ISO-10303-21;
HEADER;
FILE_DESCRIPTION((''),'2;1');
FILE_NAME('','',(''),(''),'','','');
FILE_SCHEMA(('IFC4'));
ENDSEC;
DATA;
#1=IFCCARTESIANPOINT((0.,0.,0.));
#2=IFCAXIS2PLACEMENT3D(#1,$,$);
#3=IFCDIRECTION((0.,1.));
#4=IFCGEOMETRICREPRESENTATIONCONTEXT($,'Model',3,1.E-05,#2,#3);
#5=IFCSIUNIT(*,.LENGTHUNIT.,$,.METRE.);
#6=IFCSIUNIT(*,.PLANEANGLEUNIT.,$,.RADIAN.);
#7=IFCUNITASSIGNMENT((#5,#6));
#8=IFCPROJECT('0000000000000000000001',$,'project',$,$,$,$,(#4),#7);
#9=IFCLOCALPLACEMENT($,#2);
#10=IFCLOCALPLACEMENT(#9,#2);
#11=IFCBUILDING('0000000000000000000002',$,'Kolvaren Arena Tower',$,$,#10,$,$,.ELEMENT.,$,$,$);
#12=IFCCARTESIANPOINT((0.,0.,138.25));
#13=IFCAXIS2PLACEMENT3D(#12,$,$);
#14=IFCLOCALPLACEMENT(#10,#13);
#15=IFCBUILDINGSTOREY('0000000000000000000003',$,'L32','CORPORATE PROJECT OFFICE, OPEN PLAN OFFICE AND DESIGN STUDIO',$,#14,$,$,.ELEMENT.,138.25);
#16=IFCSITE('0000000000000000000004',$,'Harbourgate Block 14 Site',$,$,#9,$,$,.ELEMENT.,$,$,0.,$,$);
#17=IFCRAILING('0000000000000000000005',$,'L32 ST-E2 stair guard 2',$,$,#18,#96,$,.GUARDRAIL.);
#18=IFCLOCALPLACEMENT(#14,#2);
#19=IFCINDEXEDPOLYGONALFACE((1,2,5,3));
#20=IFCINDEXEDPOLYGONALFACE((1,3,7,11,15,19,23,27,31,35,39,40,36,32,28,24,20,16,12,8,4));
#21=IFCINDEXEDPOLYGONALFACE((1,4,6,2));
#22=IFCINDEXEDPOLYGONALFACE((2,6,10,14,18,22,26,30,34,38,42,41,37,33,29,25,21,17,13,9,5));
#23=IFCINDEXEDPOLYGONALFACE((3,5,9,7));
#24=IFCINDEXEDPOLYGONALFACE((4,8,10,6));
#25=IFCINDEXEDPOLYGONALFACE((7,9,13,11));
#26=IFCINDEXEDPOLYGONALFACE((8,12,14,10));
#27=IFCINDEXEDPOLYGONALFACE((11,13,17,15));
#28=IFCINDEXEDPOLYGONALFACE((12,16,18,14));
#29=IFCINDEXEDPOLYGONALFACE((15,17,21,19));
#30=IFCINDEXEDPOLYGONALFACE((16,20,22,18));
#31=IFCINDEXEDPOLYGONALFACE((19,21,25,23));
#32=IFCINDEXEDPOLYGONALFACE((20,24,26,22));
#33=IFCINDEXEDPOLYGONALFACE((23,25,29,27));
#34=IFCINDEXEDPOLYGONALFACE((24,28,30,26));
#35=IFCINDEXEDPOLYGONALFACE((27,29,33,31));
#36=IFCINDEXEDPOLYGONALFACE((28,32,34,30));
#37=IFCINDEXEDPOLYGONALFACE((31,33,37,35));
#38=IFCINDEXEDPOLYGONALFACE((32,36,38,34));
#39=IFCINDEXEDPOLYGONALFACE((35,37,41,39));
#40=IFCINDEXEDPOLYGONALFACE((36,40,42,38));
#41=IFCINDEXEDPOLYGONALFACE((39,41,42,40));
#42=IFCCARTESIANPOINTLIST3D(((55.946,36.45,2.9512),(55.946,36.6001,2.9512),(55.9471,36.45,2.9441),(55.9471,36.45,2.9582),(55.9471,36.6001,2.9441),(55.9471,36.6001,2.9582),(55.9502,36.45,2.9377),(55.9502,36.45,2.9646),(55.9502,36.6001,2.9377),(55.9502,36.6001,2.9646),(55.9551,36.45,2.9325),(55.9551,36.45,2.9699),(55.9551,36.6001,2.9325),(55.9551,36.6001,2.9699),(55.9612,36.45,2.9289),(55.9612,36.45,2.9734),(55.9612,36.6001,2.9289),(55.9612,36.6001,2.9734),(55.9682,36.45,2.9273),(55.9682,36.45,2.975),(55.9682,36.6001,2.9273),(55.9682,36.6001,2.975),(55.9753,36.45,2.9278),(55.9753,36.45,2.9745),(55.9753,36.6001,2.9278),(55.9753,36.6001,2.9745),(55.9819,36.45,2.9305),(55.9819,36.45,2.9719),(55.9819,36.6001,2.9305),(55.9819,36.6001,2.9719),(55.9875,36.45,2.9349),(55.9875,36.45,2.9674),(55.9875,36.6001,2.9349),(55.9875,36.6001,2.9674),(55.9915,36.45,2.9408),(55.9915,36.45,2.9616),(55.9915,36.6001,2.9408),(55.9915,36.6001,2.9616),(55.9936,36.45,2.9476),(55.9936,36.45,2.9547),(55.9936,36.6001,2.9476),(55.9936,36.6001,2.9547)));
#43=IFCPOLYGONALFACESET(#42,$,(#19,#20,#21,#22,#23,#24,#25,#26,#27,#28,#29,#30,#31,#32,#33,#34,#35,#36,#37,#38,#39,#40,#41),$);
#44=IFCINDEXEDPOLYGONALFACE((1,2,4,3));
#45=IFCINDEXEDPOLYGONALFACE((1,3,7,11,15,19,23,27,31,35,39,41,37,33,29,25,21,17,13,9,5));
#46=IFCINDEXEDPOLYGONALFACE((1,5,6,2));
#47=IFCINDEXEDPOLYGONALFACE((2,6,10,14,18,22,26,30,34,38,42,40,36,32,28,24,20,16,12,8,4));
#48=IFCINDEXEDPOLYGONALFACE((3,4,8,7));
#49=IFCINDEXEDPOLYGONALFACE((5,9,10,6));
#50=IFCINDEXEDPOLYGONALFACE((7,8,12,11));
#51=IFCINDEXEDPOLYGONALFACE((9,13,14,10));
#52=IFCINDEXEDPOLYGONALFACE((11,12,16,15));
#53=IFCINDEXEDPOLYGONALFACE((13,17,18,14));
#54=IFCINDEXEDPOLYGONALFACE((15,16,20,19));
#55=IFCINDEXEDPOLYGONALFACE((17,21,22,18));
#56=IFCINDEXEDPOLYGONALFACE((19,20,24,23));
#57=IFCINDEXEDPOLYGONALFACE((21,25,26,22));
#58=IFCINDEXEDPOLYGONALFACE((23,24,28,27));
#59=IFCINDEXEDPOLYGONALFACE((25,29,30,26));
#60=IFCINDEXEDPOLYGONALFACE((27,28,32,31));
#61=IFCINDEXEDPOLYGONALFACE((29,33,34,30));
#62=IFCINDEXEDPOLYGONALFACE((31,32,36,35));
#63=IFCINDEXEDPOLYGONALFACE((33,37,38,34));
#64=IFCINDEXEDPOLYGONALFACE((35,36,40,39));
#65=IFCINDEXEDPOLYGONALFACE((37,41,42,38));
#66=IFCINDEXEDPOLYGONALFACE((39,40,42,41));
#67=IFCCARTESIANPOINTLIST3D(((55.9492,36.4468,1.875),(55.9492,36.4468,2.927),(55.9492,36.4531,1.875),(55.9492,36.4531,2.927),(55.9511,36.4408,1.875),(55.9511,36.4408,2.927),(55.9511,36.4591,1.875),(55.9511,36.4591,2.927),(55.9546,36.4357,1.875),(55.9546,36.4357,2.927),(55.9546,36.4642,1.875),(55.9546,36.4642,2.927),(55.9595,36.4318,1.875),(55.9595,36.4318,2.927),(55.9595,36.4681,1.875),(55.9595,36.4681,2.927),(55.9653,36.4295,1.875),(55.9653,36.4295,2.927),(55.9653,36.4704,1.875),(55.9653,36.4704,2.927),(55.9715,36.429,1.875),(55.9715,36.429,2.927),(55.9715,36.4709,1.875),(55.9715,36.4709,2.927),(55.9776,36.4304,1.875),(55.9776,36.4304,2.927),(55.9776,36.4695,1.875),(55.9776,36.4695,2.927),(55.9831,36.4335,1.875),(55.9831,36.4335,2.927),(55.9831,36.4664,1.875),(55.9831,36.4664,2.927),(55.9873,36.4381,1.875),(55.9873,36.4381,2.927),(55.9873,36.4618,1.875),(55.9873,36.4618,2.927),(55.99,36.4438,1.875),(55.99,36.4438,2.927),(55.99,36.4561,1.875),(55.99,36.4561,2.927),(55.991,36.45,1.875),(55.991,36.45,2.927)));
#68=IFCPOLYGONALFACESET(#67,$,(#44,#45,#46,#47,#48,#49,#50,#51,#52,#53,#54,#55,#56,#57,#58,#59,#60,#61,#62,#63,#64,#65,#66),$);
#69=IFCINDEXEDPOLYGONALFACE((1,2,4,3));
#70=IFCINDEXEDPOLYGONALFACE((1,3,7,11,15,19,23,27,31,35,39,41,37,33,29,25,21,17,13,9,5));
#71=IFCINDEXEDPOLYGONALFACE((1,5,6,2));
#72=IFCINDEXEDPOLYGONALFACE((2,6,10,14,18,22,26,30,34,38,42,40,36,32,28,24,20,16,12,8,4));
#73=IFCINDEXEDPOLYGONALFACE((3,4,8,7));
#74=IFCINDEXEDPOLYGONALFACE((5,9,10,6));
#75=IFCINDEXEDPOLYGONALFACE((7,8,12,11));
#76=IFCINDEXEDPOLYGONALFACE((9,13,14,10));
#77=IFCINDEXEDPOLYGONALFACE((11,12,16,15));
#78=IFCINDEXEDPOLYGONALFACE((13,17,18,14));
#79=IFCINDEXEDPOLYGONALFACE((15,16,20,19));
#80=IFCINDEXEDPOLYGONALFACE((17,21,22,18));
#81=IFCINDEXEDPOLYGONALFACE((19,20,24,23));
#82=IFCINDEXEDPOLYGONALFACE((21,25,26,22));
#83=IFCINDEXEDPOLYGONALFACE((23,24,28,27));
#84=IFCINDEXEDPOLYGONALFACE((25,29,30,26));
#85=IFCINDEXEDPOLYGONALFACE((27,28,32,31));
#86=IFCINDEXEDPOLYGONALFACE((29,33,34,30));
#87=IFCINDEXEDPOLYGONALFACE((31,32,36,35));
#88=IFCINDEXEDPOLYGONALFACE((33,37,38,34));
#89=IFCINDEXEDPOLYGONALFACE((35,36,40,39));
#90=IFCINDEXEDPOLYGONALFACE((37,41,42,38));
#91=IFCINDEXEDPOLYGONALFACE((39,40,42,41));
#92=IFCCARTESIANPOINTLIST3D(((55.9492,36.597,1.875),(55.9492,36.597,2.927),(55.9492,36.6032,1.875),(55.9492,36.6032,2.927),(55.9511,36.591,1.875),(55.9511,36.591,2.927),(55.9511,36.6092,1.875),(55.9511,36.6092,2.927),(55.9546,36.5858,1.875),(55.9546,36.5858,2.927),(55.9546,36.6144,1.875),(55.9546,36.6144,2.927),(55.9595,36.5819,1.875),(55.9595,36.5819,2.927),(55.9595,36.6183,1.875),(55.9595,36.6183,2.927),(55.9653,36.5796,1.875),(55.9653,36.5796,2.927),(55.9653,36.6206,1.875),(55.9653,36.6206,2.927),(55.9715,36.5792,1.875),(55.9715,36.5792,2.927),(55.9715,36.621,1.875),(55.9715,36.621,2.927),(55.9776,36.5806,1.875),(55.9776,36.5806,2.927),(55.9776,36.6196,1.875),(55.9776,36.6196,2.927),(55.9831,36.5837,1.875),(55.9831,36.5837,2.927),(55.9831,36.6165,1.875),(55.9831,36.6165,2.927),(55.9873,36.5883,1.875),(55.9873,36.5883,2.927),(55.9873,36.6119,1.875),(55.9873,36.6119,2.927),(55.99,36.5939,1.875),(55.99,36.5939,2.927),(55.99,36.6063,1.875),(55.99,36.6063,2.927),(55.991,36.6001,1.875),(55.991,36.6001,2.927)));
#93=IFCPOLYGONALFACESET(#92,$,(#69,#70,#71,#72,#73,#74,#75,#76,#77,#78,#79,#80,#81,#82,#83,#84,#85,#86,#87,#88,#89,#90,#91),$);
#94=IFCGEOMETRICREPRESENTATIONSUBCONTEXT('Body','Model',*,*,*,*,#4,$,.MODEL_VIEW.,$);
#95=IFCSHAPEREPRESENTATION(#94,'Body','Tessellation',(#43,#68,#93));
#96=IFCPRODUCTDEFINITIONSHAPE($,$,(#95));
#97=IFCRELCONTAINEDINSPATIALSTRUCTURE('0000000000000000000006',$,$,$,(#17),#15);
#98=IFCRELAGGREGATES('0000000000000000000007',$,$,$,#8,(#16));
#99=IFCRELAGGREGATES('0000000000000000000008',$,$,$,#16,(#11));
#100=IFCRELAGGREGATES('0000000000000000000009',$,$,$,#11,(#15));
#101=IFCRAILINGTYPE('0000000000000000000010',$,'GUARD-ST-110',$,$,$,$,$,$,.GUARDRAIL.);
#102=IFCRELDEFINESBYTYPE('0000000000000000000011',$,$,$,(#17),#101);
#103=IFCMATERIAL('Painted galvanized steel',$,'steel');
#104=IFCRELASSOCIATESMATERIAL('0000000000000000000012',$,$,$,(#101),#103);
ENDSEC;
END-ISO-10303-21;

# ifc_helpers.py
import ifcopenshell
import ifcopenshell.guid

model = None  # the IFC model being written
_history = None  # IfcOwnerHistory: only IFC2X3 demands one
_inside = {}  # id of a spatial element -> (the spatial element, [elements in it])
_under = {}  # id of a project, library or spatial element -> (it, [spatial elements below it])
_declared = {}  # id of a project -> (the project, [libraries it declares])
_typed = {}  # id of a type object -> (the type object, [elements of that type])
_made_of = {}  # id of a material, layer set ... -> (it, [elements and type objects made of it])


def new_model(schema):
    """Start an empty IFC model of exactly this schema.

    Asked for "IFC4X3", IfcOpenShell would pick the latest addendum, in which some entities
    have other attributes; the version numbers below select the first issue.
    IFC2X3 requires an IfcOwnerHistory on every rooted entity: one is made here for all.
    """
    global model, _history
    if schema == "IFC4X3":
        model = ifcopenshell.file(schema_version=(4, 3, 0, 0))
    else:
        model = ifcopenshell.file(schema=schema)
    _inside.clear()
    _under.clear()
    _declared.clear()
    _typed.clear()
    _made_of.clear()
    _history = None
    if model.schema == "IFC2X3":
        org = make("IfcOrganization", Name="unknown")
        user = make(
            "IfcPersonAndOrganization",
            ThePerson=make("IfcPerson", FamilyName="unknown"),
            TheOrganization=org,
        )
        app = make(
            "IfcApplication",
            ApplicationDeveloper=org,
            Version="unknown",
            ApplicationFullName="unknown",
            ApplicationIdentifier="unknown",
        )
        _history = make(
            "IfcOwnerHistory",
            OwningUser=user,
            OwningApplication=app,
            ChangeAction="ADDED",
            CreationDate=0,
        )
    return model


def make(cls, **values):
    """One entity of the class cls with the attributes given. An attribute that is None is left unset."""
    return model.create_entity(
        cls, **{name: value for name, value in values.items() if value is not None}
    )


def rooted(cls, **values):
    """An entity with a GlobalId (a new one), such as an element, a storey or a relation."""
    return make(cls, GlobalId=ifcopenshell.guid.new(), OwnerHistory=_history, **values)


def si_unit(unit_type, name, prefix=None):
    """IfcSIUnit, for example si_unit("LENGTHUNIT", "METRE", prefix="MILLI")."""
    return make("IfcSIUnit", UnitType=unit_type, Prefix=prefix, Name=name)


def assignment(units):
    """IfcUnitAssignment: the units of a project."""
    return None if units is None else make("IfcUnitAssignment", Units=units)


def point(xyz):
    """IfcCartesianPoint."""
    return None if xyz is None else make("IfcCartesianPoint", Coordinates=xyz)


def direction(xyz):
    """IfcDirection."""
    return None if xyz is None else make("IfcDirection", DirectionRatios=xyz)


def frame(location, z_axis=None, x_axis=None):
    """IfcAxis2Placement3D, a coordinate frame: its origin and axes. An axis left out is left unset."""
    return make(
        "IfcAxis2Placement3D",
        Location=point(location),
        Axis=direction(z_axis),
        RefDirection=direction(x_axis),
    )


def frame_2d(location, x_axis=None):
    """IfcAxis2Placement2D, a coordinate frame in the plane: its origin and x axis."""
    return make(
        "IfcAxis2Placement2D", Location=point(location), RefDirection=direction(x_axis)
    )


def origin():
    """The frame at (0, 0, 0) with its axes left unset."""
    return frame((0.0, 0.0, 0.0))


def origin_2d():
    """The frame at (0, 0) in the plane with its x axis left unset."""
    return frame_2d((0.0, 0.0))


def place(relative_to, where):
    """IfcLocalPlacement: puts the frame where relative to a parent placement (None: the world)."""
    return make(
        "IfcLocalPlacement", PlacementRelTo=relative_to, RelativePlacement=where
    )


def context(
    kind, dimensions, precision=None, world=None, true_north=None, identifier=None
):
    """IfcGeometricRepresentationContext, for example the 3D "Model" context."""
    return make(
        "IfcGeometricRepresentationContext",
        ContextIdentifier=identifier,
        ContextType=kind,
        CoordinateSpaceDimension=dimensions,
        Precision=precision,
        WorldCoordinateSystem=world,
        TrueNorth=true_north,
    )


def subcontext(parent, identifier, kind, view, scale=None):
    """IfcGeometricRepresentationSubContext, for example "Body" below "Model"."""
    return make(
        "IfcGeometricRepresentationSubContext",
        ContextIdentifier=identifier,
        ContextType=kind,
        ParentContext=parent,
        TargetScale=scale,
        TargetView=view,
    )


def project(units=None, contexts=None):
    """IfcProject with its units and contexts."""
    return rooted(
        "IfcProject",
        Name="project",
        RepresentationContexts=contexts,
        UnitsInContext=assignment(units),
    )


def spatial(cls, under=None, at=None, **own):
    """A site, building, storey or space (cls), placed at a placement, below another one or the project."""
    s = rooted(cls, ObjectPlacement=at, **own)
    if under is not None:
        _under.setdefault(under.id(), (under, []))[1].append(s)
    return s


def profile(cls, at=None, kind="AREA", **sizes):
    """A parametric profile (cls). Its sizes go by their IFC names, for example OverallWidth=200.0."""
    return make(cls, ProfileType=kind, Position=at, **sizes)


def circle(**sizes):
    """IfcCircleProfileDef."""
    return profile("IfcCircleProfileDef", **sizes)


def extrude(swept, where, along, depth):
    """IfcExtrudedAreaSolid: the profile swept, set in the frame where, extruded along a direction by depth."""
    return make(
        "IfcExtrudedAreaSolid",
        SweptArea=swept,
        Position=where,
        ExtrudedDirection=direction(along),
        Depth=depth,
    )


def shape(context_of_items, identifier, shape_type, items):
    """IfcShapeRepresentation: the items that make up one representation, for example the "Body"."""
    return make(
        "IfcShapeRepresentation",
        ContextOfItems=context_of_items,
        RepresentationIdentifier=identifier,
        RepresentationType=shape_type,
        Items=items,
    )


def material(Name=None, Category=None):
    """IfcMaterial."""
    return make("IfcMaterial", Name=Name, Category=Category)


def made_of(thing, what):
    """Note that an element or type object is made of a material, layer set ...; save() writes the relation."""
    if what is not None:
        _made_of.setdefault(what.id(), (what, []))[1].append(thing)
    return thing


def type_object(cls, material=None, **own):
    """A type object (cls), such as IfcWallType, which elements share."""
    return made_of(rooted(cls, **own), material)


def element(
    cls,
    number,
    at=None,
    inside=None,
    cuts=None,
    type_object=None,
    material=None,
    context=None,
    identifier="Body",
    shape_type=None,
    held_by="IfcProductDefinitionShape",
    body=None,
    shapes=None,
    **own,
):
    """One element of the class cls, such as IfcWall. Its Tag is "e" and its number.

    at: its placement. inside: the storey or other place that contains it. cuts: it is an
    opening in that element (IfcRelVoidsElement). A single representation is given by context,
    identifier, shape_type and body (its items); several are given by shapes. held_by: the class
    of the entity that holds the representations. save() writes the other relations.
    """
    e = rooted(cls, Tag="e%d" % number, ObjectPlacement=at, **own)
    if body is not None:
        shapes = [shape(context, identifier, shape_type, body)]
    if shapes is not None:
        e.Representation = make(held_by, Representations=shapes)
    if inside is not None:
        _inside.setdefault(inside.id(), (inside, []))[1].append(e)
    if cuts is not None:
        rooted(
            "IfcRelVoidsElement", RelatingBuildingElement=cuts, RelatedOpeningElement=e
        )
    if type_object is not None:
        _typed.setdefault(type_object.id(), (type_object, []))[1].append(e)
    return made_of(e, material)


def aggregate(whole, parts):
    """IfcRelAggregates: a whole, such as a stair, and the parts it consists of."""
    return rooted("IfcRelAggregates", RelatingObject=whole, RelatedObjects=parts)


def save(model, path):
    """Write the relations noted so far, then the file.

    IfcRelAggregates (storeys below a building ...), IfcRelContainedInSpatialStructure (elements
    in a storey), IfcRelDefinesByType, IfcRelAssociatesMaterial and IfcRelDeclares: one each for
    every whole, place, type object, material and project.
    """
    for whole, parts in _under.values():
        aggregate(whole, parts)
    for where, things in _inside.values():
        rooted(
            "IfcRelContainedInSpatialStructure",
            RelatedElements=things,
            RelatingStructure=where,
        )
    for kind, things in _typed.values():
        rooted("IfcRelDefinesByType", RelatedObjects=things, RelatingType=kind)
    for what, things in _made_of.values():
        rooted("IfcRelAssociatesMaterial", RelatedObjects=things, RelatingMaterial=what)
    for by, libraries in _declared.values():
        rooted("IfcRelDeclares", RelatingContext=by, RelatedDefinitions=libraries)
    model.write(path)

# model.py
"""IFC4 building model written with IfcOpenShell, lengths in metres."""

from ifc_helpers import new_model, si_unit, direction, frame, origin, origin_2d, place, context, subcontext, project, spatial, circle, extrude, material, type_object, element, save


model = new_model("IFC4")

# Units and contexts
model_context = context("Model", 3, precision=1e-05, world=origin(), true_north=direction((0.0, 1.0)))
body_context = subcontext(model_context, "Body", "Model", "MODEL_VIEW")
ifc_project = project(units=[si_unit("LENGTHUNIT", "METRE"), si_unit("PLANEANGLEUNIT", "RADIAN")], contexts=[model_context])

# Site, building, storey
site_placement = place(None, origin())
site = spatial("IfcSite", under=ifc_project, at=site_placement, Name="Harbourgate Block 14 Site", CompositionType="ELEMENT", RefElevation=0.0)
building_placement = place(site_placement, origin())
building = spatial("IfcBuilding", under=site, at=building_placement, Name="Kolvaren Arena Tower", CompositionType="ELEMENT")
storey_placement = place(building_placement, frame((0.0, 0.0, 138.25)))
storey = spatial("IfcBuildingStorey", under=building, at=storey_placement, Name="L32", Description="CORPORATE PROJECT OFFICE, OPEN PLAN OFFICE AND DESIGN STUDIO", CompositionType="ELEMENT", Elevation=138.25)

# Railing
ifc_material_1 = material(Name="Painted galvanized steel", Category="steel")
railing_type_1 = type_object("IfcRailingType", Name="GUARD-ST-110", PredefinedType="GUARDRAIL", material=ifc_material_1)
railing_1_placement = place(storey_placement, frame((55.97, 36.45, 1.875)))
element("IfcRailing", 1, at=railing_1_placement, inside=storey, type_object=railing_type_1, Name="L32 ST-E2 stair guard 2", PredefinedType="GUARDRAIL", context=body_context, shape_type="SweptSolid", body=[
    extrude(circle(Radius=0.0239, at=origin_2d()), frame((0.0, 0.0, 1.0762), z_axis=(0.0, 1.0, 0.0), x_axis=(-1.0, 0.0, 0.0)), (0.0, 0.0, 1.0), 0.1501),
    extrude(circle(Radius=0.021, at=origin_2d()), origin(), (0.0, 0.0, 1.0), 1.052),
    extrude(circle(Radius=0.021, at=origin_2d()), frame((0.0, 0.1501, 0.0)), (0.0, 0.0, 1.0), 1.052),
])

save(model, "model.ifc")
